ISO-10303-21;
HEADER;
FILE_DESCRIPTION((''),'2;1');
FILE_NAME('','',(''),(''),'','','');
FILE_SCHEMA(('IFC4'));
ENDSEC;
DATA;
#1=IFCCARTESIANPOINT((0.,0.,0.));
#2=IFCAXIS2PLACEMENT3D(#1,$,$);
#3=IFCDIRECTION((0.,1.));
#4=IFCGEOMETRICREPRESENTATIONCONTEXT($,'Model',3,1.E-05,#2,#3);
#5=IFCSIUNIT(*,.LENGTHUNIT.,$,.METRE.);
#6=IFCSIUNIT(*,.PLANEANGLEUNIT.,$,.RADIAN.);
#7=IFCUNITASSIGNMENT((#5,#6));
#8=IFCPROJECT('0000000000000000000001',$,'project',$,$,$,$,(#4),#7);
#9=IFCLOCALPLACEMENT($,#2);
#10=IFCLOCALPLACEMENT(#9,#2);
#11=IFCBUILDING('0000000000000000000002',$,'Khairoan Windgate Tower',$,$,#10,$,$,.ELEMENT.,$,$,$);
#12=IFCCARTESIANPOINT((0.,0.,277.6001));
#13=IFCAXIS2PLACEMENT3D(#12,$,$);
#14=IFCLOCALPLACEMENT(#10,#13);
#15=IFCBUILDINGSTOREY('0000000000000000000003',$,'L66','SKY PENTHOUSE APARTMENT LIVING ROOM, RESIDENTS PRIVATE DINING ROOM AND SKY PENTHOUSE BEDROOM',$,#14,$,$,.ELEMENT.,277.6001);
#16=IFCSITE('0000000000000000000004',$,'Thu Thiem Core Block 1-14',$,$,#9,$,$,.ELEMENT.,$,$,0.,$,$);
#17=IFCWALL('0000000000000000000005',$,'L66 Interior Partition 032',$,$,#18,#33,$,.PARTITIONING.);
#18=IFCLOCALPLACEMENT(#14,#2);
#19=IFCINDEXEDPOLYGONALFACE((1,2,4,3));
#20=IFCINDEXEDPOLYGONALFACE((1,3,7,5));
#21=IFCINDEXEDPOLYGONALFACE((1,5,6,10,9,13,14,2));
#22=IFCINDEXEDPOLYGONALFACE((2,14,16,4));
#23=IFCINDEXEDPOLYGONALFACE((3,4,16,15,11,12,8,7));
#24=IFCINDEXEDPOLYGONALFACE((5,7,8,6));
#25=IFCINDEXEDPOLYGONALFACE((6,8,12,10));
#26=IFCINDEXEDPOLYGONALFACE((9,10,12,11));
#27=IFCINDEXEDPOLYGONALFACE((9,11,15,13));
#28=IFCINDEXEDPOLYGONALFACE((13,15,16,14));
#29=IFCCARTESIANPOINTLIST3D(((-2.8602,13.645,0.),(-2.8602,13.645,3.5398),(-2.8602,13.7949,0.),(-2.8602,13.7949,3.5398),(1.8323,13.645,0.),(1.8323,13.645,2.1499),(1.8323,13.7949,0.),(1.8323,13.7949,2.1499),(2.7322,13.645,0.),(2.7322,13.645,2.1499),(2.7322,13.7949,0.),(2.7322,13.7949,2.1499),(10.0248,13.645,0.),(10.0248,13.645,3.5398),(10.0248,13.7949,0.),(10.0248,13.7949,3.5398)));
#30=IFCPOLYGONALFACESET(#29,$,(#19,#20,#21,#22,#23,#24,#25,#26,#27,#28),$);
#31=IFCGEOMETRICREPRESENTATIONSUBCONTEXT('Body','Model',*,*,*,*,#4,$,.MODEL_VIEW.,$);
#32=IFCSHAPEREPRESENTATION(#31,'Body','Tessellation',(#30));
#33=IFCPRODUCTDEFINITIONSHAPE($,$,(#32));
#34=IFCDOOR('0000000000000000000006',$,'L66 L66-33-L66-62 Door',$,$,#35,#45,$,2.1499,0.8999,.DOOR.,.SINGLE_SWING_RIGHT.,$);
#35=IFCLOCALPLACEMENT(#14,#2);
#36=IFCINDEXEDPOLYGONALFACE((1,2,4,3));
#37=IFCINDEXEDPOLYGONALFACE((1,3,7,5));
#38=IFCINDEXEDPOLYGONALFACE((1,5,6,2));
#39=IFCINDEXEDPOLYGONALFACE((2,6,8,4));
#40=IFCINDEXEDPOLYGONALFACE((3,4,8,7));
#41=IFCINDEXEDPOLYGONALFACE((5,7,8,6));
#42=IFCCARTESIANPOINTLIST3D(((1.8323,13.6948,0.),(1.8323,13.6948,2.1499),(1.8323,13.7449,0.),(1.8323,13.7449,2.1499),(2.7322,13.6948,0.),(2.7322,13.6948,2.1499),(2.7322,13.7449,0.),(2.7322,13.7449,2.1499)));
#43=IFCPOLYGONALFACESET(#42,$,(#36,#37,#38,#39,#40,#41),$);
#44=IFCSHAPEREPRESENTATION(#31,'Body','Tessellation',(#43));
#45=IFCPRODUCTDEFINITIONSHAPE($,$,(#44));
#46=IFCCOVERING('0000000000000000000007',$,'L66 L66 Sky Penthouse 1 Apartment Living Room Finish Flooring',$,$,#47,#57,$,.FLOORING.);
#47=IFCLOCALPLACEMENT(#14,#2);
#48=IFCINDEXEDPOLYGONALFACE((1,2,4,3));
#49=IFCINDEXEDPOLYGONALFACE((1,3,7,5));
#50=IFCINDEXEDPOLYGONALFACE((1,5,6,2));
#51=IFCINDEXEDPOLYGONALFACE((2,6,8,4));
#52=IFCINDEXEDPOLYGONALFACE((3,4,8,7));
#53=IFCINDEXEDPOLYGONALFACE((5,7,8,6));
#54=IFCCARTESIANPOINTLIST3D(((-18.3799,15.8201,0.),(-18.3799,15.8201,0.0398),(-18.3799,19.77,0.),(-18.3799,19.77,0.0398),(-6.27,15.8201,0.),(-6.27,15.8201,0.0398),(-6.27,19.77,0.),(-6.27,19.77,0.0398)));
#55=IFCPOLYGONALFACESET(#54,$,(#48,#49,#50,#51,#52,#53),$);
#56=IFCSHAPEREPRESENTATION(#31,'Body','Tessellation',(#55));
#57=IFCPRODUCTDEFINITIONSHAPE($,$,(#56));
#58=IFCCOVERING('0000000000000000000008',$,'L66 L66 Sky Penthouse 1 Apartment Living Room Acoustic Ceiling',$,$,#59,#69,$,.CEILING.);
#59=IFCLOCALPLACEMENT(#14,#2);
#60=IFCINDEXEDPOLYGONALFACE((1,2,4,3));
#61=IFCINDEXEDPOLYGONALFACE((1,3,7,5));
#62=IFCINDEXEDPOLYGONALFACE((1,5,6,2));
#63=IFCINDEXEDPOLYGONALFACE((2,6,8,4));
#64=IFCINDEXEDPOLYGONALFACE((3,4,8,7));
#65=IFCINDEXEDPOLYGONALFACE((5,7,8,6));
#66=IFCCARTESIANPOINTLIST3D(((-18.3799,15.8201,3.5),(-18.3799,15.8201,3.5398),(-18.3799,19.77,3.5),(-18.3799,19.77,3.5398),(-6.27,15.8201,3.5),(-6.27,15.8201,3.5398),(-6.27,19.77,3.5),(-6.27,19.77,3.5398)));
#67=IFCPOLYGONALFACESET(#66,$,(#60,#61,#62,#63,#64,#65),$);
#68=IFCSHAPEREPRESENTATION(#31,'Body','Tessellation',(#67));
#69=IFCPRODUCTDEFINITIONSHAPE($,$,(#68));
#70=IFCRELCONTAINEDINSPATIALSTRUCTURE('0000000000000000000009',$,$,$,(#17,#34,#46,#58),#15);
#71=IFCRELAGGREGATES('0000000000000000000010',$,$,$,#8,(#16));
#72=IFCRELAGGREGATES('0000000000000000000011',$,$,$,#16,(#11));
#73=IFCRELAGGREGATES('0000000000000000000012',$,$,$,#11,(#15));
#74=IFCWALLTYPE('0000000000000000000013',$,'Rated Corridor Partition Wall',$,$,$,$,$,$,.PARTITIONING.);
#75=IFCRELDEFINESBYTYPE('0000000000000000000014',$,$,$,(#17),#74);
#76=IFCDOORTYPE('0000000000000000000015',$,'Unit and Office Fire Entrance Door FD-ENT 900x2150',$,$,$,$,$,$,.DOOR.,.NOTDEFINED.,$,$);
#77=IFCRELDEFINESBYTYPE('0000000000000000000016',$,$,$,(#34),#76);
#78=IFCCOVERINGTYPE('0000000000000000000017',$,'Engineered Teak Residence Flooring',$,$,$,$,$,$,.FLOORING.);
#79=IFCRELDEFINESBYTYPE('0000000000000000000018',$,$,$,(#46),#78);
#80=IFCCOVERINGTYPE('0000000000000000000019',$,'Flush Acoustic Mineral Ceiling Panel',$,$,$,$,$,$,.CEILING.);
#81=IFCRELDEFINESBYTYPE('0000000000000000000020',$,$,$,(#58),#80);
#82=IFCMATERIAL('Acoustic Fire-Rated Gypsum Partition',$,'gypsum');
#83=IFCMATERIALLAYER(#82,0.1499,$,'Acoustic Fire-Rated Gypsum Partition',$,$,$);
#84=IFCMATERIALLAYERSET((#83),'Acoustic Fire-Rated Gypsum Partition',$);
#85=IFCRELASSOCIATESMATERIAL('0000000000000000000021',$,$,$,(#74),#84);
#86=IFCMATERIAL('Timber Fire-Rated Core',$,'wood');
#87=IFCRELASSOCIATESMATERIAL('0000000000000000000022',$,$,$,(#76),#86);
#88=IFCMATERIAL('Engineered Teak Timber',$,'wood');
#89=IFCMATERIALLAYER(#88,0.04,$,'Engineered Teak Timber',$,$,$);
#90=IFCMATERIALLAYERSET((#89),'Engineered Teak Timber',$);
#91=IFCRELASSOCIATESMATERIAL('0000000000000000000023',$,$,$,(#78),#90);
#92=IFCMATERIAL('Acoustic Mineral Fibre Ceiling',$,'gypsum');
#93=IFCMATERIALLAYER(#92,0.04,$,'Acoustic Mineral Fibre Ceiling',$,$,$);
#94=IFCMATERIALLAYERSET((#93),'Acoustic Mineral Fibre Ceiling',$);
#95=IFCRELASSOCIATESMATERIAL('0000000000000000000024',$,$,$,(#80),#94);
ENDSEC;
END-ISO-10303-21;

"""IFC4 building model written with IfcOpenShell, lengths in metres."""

from ifc_helpers import new_model, si_unit, direction, frame, frame_2d, origin, place, context, subcontext, project, spatial, polyline, rectangle, outline, extrude, material, layer, layer_set, type_object, element, fill, save


model = new_model("IFC4")

# Units and contexts
model_context = context("Model", 3, precision=1e-05, world=origin(), true_north=direction((0.0, 1.0)))
body_context = subcontext(model_context, "Body", "Model", "MODEL_VIEW")
ifc_project = project(units=[si_unit("LENGTHUNIT", "METRE"), si_unit("PLANEANGLEUNIT", "RADIAN")], contexts=[model_context])

# Site, building, storey
site_placement = place(None, origin())
site = spatial("IfcSite", under=ifc_project, at=site_placement, Name="Thu Thiem Core Block 1-14", CompositionType="ELEMENT", RefElevation=0.0)
building_placement = place(site_placement, origin())
building = spatial("IfcBuilding", under=site, at=building_placement, Name="Khairoan Windgate Tower", CompositionType="ELEMENT")
storey_placement = place(building_placement, frame((0.0, 0.0, 277.6001)))
storey = spatial("IfcBuildingStorey", under=building, at=storey_placement, Name="L66", Description="SKY PENTHOUSE APARTMENT LIVING ROOM, RESIDENTS PRIVATE DINING ROOM AND SKY PENTHOUSE BEDROOM", CompositionType="ELEMENT", Elevation=277.6001)

# Shared definitions
ifc_material_1 = material(Name="Acoustic Fire-Rated Gypsum Partition", Category="gypsum")
ifc_layer_1 = layer(ifc_material_1, 0.1499, Name="Acoustic Fire-Rated Gypsum Partition")
ifc_layer_set_1 = layer_set([ifc_layer_1], Name="Acoustic Fire-Rated Gypsum Partition")
wall_type_1 = type_object("IfcWallType", Name="Rated Corridor Partition Wall", PredefinedType="PARTITIONING", material=ifc_layer_set_1)
ifc_material_2 = material(Name="Timber Fire-Rated Core", Category="wood")
door_type_1 = type_object("IfcDoorType", Name="Unit and Office Fire Entrance Door FD-ENT 900x2150", OperationType="NOTDEFINED", PredefinedType="DOOR", material=ifc_material_2)

# Wall, opening, door
wall_1_placement = place(storey_placement, frame((-2.8601, 13.72, 0.0), z_axis=(0.0, 0.0, 1.0), x_axis=(1.0, 0.0, 0.0)))
wall_1 = element("IfcWall", 1, at=wall_1_placement, inside=storey, type_object=wall_type_1, Name="L66 Interior Partition 032", PredefinedType="PARTITIONING", context=body_context, shape_type="SweptSolid", body=[
    extrude(rectangle(XDim=12.885, YDim=0.1499, at=frame_2d((6.4424, 0.0))), origin(), (0.0, 0.0, 1.0), 3.5398),
])
opening_1_placement = place(wall_1_placement, frame((4.6924, 0.0, 0.0)))
opening_1 = element("IfcOpeningElement", 2, at=opening_1_placement, cuts=wall_1, PredefinedType="OPENING", context=body_context, shape_type="SweptSolid", body=[
    extrude(rectangle(XDim=0.8999, YDim=2.1499, at=frame_2d((0.45, 1.075))), frame((0.0, 0.085, 0.0), z_axis=(0.0, -1.0, 0.0), x_axis=(1.0, 0.0, 0.0)), (0.0, 0.0, 1.0), 0.1699),
])
door_1_placement = place(opening_1_placement, origin())
door_1 = element("IfcDoor", 3, at=door_1_placement, inside=storey, type_object=door_type_1, Name="L66 L66-33-L66-62 Door", OperationType="SINGLE_SWING_RIGHT", OverallHeight=2.1499, OverallWidth=0.8999, PredefinedType="DOOR", context=body_context, shape_type="SweptSolid", body=[
    extrude(rectangle(XDim=0.8999, YDim=2.1499, at=frame_2d((0.45, 1.075))), frame((0.0, 0.0249, 0.0), z_axis=(0.0, -1.0, 0.0), x_axis=(1.0, 0.0, 0.0)), (0.0, 0.0, 1.0), 0.05),
])
fill(opening_1, door_1)

# Coverings
ifc_material_3 = material(Name="Engineered Teak Timber", Category="wood")
ifc_layer_2 = layer(ifc_material_3, 0.04, Name="Engineered Teak Timber")
ifc_layer_set_2 = layer_set([ifc_layer_2], Name="Engineered Teak Timber")
covering_type_1 = type_object("IfcCoveringType", Name="Engineered Teak Residence Flooring", PredefinedType="FLOORING", material=ifc_layer_set_2)
covering_1_placement = place(storey_placement, origin())
element("IfcCovering", 4, at=covering_1_placement, inside=storey, type_object=covering_type_1, Name="L66 L66 Sky Penthouse 1 Apartment Living Room Finish Flooring", PredefinedType="FLOORING", context=body_context, shape_type="SweptSolid", body=[
    extrude(outline(polyline([(-18.3799, 19.77), (-6.27, 19.77), (-6.27, 15.8201), (-18.3799, 15.8201), (-18.3799, 19.77)])), origin(), (0.0, 0.0, 1.0), 0.0398),
])
ifc_material_4 = material(Name="Acoustic Mineral Fibre Ceiling", Category="gypsum")
ifc_layer_3 = layer(ifc_material_4, 0.04, Name="Acoustic Mineral Fibre Ceiling")
ifc_layer_set_3 = layer_set([ifc_layer_3], Name="Acoustic Mineral Fibre Ceiling")
covering_type_2 = type_object("IfcCoveringType", Name="Flush Acoustic Mineral Ceiling Panel", PredefinedType="CEILING", material=ifc_layer_set_3)
covering_2_placement = place(storey_placement, frame((0.0, 0.0, 3.5)))
element("IfcCovering", 5, at=covering_2_placement, inside=storey, type_object=covering_type_2, Name="L66 L66 Sky Penthouse 1 Apartment Living Room Acoustic Ceiling", PredefinedType="CEILING", context=body_context, shape_type="SweptSolid", body=[
    extrude(outline(polyline([(-18.3799, 19.77), (-6.27, 19.77), (-6.27, 15.8201), (-18.3799, 15.8201), (-18.3799, 19.77)])), origin(), (0.0, 0.0, 1.0), 0.0398),
])

save(model, "model.ifc")
